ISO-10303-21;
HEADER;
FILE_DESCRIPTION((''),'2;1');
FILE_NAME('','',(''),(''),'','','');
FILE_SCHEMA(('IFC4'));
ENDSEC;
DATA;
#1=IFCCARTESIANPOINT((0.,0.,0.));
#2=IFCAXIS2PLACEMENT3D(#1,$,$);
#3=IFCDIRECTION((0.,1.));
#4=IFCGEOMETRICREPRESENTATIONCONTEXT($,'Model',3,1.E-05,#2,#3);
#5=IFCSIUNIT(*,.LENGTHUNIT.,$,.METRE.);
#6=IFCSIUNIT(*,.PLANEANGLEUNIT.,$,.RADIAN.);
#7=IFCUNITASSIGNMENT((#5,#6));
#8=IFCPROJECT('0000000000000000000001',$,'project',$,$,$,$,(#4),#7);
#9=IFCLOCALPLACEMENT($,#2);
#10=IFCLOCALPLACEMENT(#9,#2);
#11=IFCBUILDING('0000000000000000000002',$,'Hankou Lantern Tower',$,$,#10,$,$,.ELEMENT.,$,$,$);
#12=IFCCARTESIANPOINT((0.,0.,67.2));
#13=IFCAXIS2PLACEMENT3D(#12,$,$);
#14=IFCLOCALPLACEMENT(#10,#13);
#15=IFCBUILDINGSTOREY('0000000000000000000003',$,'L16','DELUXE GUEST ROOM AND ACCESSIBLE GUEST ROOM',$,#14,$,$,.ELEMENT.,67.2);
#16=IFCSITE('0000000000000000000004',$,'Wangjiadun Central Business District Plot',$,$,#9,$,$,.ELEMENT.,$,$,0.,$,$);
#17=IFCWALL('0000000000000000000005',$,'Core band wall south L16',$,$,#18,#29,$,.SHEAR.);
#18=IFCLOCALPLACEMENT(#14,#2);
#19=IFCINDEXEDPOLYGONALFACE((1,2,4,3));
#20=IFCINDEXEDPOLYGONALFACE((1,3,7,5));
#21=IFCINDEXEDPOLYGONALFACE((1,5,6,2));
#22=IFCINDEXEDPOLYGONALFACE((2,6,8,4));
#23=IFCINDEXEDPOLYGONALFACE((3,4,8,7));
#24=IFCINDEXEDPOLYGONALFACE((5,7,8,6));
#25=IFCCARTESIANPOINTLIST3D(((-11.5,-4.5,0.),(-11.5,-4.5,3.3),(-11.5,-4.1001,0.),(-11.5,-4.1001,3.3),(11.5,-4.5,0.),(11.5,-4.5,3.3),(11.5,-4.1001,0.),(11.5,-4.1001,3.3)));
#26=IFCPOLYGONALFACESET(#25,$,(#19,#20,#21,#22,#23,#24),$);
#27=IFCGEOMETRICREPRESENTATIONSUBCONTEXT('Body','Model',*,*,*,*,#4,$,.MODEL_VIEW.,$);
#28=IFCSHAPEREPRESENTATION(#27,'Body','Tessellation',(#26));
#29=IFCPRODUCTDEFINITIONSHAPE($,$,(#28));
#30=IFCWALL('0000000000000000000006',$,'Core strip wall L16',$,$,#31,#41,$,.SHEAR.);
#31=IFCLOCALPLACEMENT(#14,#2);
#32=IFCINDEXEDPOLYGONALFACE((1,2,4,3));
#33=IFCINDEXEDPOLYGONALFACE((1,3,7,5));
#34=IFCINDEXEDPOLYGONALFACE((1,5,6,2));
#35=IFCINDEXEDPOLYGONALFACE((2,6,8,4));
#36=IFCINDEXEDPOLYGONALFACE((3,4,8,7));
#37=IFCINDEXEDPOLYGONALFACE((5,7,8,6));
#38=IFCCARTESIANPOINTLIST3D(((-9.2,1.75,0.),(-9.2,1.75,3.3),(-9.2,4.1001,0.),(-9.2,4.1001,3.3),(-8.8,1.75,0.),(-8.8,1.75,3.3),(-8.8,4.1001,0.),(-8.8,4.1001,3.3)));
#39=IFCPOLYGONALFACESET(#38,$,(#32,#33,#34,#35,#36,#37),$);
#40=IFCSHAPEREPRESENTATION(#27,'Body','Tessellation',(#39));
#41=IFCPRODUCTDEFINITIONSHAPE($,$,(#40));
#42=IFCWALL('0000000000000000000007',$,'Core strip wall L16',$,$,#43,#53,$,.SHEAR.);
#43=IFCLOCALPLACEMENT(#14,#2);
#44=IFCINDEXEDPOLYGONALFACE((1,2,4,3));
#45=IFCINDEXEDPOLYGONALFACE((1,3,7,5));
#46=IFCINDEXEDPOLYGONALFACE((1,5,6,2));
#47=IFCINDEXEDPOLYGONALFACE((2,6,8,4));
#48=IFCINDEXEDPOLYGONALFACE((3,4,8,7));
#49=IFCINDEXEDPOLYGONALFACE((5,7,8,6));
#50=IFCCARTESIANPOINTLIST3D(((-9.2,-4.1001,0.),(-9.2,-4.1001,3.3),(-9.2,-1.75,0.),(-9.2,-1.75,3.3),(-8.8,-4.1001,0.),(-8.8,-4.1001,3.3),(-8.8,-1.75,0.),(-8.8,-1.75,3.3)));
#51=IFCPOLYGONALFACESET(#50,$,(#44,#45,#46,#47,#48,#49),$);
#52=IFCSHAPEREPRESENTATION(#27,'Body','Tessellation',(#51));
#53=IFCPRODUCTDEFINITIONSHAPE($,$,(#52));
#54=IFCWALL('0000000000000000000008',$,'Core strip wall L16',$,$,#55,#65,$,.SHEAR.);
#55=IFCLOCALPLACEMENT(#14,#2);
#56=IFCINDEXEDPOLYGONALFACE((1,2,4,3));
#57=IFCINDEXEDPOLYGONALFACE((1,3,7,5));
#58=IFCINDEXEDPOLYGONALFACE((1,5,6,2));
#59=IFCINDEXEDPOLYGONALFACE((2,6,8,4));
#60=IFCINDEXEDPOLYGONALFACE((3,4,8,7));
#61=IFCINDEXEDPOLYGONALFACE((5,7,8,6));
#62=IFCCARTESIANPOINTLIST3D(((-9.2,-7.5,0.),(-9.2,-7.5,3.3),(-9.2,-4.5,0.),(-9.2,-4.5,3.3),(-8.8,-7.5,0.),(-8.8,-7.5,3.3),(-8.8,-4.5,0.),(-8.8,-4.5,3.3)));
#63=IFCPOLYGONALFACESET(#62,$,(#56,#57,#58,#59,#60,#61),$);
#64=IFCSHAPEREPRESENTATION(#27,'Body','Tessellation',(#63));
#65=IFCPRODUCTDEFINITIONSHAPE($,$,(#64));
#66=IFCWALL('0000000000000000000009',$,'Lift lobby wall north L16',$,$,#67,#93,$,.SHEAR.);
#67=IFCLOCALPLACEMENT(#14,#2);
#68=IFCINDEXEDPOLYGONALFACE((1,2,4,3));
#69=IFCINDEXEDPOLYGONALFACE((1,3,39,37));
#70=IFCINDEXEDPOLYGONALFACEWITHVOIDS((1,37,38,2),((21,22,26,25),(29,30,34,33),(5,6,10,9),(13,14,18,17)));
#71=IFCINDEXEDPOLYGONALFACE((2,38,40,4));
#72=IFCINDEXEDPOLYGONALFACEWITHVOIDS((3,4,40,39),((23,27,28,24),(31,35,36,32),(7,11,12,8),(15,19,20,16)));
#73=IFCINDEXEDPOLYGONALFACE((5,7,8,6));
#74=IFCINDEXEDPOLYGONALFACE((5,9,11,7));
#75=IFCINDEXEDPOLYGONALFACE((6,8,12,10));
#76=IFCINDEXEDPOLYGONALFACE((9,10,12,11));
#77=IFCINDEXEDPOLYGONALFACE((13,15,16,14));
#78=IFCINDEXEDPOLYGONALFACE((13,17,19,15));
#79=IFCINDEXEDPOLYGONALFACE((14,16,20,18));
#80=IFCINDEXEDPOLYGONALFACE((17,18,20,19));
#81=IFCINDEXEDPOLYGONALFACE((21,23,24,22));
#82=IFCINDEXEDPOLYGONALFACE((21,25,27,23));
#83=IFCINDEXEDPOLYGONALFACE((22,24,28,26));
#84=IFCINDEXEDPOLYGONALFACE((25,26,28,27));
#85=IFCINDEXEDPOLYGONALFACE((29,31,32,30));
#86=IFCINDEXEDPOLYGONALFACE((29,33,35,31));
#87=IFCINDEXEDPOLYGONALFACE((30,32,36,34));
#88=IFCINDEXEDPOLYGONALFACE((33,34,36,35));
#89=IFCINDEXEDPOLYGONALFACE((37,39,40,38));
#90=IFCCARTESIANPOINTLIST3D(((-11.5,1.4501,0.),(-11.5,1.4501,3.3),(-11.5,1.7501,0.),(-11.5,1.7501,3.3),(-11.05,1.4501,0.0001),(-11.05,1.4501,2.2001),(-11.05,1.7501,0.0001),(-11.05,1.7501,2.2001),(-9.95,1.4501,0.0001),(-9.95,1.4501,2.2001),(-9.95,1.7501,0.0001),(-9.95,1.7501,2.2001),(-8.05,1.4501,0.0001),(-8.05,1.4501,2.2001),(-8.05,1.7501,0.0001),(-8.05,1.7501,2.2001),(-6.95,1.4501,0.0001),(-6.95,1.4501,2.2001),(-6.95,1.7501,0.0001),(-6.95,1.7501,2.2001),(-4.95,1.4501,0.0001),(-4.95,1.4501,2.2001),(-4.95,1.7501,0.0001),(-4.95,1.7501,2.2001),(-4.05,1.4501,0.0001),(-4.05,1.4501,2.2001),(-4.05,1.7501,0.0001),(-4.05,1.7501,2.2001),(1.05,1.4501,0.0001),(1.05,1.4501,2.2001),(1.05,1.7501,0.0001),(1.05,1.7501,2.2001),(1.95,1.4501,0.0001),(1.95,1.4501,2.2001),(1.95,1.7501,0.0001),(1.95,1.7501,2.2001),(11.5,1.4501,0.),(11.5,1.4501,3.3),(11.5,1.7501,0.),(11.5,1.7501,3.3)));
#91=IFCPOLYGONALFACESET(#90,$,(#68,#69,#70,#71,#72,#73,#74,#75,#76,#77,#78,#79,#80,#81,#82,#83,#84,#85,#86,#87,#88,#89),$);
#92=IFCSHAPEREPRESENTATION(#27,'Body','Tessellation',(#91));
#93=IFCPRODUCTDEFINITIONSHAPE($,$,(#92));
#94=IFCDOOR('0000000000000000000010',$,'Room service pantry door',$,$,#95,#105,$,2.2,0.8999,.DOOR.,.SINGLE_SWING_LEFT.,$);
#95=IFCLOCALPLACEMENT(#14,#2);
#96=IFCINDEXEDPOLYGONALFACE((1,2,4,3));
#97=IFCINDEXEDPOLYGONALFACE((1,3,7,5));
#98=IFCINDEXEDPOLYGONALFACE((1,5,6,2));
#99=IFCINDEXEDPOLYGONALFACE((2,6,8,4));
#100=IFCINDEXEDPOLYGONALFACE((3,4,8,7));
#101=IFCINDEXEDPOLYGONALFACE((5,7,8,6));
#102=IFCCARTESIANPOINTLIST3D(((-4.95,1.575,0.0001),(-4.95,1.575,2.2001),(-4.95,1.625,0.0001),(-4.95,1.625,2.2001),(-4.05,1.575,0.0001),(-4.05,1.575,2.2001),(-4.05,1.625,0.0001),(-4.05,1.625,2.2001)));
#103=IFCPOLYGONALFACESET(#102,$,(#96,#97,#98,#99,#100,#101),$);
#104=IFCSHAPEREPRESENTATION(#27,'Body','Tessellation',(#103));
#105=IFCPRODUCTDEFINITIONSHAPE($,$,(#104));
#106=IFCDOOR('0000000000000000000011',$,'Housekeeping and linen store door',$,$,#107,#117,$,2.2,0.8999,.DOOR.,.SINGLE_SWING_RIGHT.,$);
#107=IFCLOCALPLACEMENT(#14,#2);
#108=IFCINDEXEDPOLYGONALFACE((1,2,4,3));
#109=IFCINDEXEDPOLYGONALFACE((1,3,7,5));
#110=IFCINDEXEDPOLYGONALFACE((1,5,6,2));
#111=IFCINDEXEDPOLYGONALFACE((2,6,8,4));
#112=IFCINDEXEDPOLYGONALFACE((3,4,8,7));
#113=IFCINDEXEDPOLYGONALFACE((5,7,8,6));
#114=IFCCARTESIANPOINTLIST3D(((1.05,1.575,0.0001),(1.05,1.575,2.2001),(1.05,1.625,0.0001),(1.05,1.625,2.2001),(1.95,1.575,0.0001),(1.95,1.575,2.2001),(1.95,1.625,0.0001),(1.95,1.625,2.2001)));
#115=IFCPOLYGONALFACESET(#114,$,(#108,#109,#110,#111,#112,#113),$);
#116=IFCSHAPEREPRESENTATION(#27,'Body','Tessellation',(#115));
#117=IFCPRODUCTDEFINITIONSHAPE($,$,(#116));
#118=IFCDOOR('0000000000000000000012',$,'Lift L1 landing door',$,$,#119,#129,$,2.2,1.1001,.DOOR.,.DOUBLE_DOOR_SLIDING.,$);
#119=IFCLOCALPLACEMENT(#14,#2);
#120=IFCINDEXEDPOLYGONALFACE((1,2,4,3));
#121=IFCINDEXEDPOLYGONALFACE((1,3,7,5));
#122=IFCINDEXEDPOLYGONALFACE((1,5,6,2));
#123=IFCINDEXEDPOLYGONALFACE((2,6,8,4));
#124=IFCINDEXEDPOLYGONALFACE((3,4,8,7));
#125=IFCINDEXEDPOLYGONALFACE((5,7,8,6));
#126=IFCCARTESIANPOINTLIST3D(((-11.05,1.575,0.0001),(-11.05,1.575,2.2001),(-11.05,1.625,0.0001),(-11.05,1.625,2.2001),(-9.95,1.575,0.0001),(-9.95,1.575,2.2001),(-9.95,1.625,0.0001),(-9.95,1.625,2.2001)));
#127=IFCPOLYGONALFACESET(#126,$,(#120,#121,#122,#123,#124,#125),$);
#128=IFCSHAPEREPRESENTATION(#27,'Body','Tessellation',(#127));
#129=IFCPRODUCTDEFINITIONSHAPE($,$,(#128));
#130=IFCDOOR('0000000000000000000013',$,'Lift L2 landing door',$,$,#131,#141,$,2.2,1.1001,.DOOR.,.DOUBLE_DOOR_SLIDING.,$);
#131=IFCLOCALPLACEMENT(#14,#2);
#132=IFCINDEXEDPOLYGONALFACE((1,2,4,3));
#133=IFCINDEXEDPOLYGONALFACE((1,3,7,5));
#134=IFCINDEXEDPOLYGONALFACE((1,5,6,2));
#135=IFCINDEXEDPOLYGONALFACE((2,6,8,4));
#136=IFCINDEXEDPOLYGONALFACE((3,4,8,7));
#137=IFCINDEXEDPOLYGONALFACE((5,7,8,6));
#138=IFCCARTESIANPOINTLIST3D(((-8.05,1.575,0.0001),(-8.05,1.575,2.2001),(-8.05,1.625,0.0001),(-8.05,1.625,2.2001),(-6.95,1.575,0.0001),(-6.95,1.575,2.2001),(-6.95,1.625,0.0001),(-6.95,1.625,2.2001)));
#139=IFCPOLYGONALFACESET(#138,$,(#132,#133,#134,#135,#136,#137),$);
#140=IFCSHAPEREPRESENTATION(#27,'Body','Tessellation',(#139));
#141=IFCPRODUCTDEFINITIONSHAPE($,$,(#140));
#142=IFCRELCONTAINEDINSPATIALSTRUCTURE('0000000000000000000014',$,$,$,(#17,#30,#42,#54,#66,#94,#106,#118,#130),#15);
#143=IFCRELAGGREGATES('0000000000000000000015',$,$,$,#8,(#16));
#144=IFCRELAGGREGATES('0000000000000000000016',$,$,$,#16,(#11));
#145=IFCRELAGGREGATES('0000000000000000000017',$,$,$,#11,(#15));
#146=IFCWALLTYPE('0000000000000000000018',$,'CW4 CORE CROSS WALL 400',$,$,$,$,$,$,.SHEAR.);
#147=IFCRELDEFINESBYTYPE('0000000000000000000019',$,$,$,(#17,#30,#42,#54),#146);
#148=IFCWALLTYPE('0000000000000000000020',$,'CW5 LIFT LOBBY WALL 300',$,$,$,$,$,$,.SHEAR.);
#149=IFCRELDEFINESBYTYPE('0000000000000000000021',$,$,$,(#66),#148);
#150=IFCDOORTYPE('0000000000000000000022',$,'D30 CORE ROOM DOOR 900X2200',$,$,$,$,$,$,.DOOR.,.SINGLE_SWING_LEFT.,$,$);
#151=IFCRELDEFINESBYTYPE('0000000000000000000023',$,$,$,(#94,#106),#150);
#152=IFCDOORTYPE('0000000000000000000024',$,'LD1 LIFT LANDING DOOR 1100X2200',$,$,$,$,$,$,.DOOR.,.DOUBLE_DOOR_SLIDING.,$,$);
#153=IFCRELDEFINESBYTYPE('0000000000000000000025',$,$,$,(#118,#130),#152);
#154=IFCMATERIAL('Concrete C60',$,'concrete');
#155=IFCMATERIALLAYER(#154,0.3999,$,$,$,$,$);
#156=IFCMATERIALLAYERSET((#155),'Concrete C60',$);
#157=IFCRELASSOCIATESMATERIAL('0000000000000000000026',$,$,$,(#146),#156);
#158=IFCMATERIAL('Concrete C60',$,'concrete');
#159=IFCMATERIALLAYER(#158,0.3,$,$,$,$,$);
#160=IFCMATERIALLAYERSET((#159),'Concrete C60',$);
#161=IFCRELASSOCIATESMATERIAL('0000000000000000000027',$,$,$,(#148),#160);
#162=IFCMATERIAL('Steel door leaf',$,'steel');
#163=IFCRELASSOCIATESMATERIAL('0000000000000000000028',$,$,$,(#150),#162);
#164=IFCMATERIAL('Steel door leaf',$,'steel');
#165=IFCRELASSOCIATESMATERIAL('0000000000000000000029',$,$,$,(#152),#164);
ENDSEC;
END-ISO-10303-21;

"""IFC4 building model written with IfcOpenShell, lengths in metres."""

from ifc_helpers import new_model, si_unit, direction, frame, frame_2d, origin, place, context, subcontext, project, spatial, rectangle, extrude, material, layer, layer_set, type_object, element, fill, save


model = new_model("IFC4")

# Units and contexts
model_context = context("Model", 3, precision=1e-05, world=origin(), true_north=direction((0.0, 1.0)))
body_context = subcontext(model_context, "Body", "Model", "MODEL_VIEW")
ifc_project = project(units=[si_unit("LENGTHUNIT", "METRE"), si_unit("PLANEANGLEUNIT", "RADIAN")], contexts=[model_context])

# Site, building, storey
site_placement = place(None, origin())
site = spatial("IfcSite", under=ifc_project, at=site_placement, Name="Wangjiadun Central Business District Plot", CompositionType="ELEMENT", RefElevation=0.0)
building_placement = place(site_placement, origin())
building = spatial("IfcBuilding", under=site, at=building_placement, Name="Hankou Lantern Tower", CompositionType="ELEMENT")
storey_placement = place(building_placement, frame((0.0, 0.0, 67.2)))
storey = spatial("IfcBuildingStorey", under=building, at=storey_placement, Name="L16", Description="DELUXE GUEST ROOM AND ACCESSIBLE GUEST ROOM", CompositionType="ELEMENT", Elevation=67.2)

# Walls
ifc_material_1 = material(Name="Concrete C60", Category="concrete")
ifc_layer_1 = layer(ifc_material_1, 0.3999)
ifc_layer_set_1 = layer_set([ifc_layer_1], Name="Concrete C60")
wall_type_1 = type_object("IfcWallType", Name="CW4 CORE CROSS WALL 400", PredefinedType="SHEAR", material=ifc_layer_set_1)
wall_1_placement = place(storey_placement, frame((-11.5, -4.3, 0.0), z_axis=(0.0, 0.0, 1.0), x_axis=(1.0, 0.0, 0.0)))
element("IfcWall", 1, at=wall_1_placement, inside=storey, type_object=wall_type_1, Name="Core band wall south L16", PredefinedType="SHEAR", context=body_context, shape_type="SweptSolid", body=[
    extrude(rectangle(XDim=23.0, YDim=0.3999, at=frame_2d((11.5, 0.0))), origin(), (0.0, 0.0, 1.0), 3.3),
])
for number, where, z_axis, x_axis, name in (
    (2, (-9.0, 1.75, 0.0), (0.0, 0.0, 1.0), (0.0, 1.0, 0.0), "Core strip wall L16"),
    (3, (-9.0, -4.1001, 0.0), (0.0, 0.0, 1.0), (0.0, 1.0, 0.0), "Core strip wall L16"),
):
    element("IfcWall", number, at=place(storey_placement, frame(where, z_axis=z_axis, x_axis=x_axis)), inside=storey, type_object=wall_type_1, Name=name, PredefinedType="SHEAR", context=body_context, shape_type="SweptSolid", body=[
        extrude(rectangle(XDim=2.3501, YDim=0.3999, at=frame_2d((1.175, 0.0))), origin(), (0.0, 0.0, 1.0), 3.3),
    ])
wall_2_placement = place(storey_placement, frame((-9.0, -7.5, 0.0), z_axis=(0.0, 0.0, 1.0), x_axis=(0.0, 1.0, 0.0)))
element("IfcWall", 4, at=wall_2_placement, inside=storey, type_object=wall_type_1, Name="Core strip wall L16", PredefinedType="SHEAR", context=body_context, shape_type="SweptSolid", body=[
    extrude(rectangle(XDim=3.0, YDim=0.3999, at=frame_2d((1.5, 0.0))), origin(), (0.0, 0.0, 1.0), 3.3),
])

# Wall, openings, doors
ifc_material_2 = material(Name="Concrete C60", Category="concrete")
ifc_layer_2 = layer(ifc_material_2, 0.3)
ifc_layer_set_2 = layer_set([ifc_layer_2], Name="Concrete C60")
wall_type_2 = type_object("IfcWallType", Name="CW5 LIFT LOBBY WALL 300", PredefinedType="SHEAR", material=ifc_layer_set_2)
wall_3_placement = place(storey_placement, frame((-11.5, 1.6001, 0.0), z_axis=(0.0, 0.0, 1.0), x_axis=(1.0, 0.0, 0.0)))
wall_3 = element("IfcWall", 5, at=wall_3_placement, inside=storey, type_object=wall_type_2, Name="Lift lobby wall north L16", PredefinedType="SHEAR", context=body_context, shape_type="SweptSolid", body=[
    extrude(rectangle(XDim=23.0, YDim=0.3, at=frame_2d((11.5, 0.0))), origin(), (0.0, 0.0, 1.0), 3.3),
])
opening_1_placement = place(wall_3_placement, frame((0.45, 0.0, 0.0)))
opening_1 = element("IfcOpeningElement", 6, at=opening_1_placement, cuts=wall_3, PredefinedType="OPENING", context=body_context, shape_type="SweptSolid", body=[
    extrude(rectangle(XDim=1.1001, YDim=2.2, at=frame_2d((0.55, 1.1001))), frame((0.0, 0.1599, 0.0), z_axis=(0.0, -1.0, 0.0), x_axis=(1.0, 0.0, 0.0)), (0.0, 0.0, 1.0), 0.3201),
])
opening_2_placement = place(wall_3_placement, frame((3.45, 0.0, 0.0)))
opening_2 = element("IfcOpeningElement", 7, at=opening_2_placement, cuts=wall_3, PredefinedType="OPENING", context=body_context, shape_type="SweptSolid", body=[
    extrude(rectangle(XDim=1.1001, YDim=2.2, at=frame_2d((0.55, 1.1001))), frame((0.0, 0.1599, 0.0), z_axis=(0.0, -1.0, 0.0), x_axis=(1.0, 0.0, 0.0)), (0.0, 0.0, 1.0), 0.3201),
])
opening_3_placement = place(wall_3_placement, frame((6.55, 0.0, 0.0)))
opening_3 = element("IfcOpeningElement", 8, at=opening_3_placement, cuts=wall_3, PredefinedType="OPENING", context=body_context, shape_type="SweptSolid", body=[
    extrude(rectangle(XDim=0.8999, YDim=2.2, at=frame_2d((0.45, 1.1001))), frame((0.0, 0.1599, 0.0), z_axis=(0.0, -1.0, 0.0), x_axis=(1.0, 0.0, 0.0)), (0.0, 0.0, 1.0), 0.3201),
])
opening_4_placement = place(wall_3_placement, frame((12.55, 0.0, 0.0)))
opening_4 = element("IfcOpeningElement", 9, at=opening_4_placement, cuts=wall_3, PredefinedType="OPENING", context=body_context, shape_type="SweptSolid", body=[
    extrude(rectangle(XDim=0.8999, YDim=2.2, at=frame_2d((0.45, 1.1001))), frame((0.0, 0.1599, 0.0), z_axis=(0.0, -1.0, 0.0), x_axis=(1.0, 0.0, 0.0)), (0.0, 0.0, 1.0), 0.3201),
])
ifc_material_3 = material(Name="Steel door leaf", Category="steel")
door_type_1 = type_object("IfcDoorType", Name="D30 CORE ROOM DOOR 900X2200", OperationType="SINGLE_SWING_LEFT", PredefinedType="DOOR", material=ifc_material_3)
door_1_placement = place(opening_3_placement, origin())
door_1 = element("IfcDoor", 10, at=door_1_placement, inside=storey, type_object=door_type_1, Name="Room service pantry door", OperationType="SINGLE_SWING_LEFT", OverallHeight=2.2, OverallWidth=0.8999, PredefinedType="DOOR", context=body_context, shape_type="SweptSolid", body=[
    extrude(rectangle(XDim=0.8999, YDim=2.2, at=frame_2d((0.45, 1.1001))), frame((0.0, 0.0249, 0.0), z_axis=(0.0, -1.0, 0.0), x_axis=(1.0, 0.0, 0.0)), (0.0, 0.0, 1.0), 0.05),
])
fill(opening_3, door_1)
door_2_placement = place(opening_4_placement, origin())
door_2 = element("IfcDoor", 11, at=door_2_placement, inside=storey, type_object=door_type_1, Name="Housekeeping and linen store door", OperationType="SINGLE_SWING_RIGHT", OverallHeight=2.2, OverallWidth=0.8999, PredefinedType="DOOR", context=body_context, shape_type="SweptSolid", body=[
    extrude(rectangle(XDim=0.8999, YDim=2.2, at=frame_2d((0.45, 1.1001))), frame((0.0, 0.0249, 0.0), z_axis=(0.0, -1.0, 0.0), x_axis=(1.0, 0.0, 0.0)), (0.0, 0.0, 1.0), 0.05),
])
fill(opening_4, door_2)
ifc_material_4 = material(Name="Steel door leaf", Category="steel")
door_type_2 = type_object("IfcDoorType", Name="LD1 LIFT LANDING DOOR 1100X2200", OperationType="DOUBLE_DOOR_SLIDING", PredefinedType="DOOR", material=ifc_material_4)
door_3_placement = place(opening_1_placement, origin())
door_3 = element("IfcDoor", 12, at=door_3_placement, inside=storey, type_object=door_type_2, Name="Lift L1 landing door", OperationType="DOUBLE_DOOR_SLIDING", OverallHeight=2.2, OverallWidth=1.1001, PredefinedType="DOOR", context=body_context, shape_type="SweptSolid", body=[
    extrude(rectangle(XDim=1.1001, YDim=2.2, at=frame_2d((0.55, 1.1001))), frame((0.0, 0.0249, 0.0), z_axis=(0.0, -1.0, 0.0), x_axis=(1.0, 0.0, 0.0)), (0.0, 0.0, 1.0), 0.05),
])
fill(opening_1, door_3)
door_4_placement = place(opening_2_placement, origin())
door_4 = element("IfcDoor", 13, at=door_4_placement, inside=storey, type_object=door_type_2, Name="Lift L2 landing door", OperationType="DOUBLE_DOOR_SLIDING", OverallHeight=2.2, OverallWidth=1.1001, PredefinedType="DOOR", context=body_context, shape_type="SweptSolid", body=[
    extrude(rectangle(XDim=1.1001, YDim=2.2, at=frame_2d((0.55, 1.1001))), frame((0.0, 0.0249, 0.0), z_axis=(0.0, -1.0, 0.0), x_axis=(1.0, 0.0, 0.0)), (0.0, 0.0, 1.0), 0.05),
])
fill(opening_2, door_4)

save(model, "model.ifc")
